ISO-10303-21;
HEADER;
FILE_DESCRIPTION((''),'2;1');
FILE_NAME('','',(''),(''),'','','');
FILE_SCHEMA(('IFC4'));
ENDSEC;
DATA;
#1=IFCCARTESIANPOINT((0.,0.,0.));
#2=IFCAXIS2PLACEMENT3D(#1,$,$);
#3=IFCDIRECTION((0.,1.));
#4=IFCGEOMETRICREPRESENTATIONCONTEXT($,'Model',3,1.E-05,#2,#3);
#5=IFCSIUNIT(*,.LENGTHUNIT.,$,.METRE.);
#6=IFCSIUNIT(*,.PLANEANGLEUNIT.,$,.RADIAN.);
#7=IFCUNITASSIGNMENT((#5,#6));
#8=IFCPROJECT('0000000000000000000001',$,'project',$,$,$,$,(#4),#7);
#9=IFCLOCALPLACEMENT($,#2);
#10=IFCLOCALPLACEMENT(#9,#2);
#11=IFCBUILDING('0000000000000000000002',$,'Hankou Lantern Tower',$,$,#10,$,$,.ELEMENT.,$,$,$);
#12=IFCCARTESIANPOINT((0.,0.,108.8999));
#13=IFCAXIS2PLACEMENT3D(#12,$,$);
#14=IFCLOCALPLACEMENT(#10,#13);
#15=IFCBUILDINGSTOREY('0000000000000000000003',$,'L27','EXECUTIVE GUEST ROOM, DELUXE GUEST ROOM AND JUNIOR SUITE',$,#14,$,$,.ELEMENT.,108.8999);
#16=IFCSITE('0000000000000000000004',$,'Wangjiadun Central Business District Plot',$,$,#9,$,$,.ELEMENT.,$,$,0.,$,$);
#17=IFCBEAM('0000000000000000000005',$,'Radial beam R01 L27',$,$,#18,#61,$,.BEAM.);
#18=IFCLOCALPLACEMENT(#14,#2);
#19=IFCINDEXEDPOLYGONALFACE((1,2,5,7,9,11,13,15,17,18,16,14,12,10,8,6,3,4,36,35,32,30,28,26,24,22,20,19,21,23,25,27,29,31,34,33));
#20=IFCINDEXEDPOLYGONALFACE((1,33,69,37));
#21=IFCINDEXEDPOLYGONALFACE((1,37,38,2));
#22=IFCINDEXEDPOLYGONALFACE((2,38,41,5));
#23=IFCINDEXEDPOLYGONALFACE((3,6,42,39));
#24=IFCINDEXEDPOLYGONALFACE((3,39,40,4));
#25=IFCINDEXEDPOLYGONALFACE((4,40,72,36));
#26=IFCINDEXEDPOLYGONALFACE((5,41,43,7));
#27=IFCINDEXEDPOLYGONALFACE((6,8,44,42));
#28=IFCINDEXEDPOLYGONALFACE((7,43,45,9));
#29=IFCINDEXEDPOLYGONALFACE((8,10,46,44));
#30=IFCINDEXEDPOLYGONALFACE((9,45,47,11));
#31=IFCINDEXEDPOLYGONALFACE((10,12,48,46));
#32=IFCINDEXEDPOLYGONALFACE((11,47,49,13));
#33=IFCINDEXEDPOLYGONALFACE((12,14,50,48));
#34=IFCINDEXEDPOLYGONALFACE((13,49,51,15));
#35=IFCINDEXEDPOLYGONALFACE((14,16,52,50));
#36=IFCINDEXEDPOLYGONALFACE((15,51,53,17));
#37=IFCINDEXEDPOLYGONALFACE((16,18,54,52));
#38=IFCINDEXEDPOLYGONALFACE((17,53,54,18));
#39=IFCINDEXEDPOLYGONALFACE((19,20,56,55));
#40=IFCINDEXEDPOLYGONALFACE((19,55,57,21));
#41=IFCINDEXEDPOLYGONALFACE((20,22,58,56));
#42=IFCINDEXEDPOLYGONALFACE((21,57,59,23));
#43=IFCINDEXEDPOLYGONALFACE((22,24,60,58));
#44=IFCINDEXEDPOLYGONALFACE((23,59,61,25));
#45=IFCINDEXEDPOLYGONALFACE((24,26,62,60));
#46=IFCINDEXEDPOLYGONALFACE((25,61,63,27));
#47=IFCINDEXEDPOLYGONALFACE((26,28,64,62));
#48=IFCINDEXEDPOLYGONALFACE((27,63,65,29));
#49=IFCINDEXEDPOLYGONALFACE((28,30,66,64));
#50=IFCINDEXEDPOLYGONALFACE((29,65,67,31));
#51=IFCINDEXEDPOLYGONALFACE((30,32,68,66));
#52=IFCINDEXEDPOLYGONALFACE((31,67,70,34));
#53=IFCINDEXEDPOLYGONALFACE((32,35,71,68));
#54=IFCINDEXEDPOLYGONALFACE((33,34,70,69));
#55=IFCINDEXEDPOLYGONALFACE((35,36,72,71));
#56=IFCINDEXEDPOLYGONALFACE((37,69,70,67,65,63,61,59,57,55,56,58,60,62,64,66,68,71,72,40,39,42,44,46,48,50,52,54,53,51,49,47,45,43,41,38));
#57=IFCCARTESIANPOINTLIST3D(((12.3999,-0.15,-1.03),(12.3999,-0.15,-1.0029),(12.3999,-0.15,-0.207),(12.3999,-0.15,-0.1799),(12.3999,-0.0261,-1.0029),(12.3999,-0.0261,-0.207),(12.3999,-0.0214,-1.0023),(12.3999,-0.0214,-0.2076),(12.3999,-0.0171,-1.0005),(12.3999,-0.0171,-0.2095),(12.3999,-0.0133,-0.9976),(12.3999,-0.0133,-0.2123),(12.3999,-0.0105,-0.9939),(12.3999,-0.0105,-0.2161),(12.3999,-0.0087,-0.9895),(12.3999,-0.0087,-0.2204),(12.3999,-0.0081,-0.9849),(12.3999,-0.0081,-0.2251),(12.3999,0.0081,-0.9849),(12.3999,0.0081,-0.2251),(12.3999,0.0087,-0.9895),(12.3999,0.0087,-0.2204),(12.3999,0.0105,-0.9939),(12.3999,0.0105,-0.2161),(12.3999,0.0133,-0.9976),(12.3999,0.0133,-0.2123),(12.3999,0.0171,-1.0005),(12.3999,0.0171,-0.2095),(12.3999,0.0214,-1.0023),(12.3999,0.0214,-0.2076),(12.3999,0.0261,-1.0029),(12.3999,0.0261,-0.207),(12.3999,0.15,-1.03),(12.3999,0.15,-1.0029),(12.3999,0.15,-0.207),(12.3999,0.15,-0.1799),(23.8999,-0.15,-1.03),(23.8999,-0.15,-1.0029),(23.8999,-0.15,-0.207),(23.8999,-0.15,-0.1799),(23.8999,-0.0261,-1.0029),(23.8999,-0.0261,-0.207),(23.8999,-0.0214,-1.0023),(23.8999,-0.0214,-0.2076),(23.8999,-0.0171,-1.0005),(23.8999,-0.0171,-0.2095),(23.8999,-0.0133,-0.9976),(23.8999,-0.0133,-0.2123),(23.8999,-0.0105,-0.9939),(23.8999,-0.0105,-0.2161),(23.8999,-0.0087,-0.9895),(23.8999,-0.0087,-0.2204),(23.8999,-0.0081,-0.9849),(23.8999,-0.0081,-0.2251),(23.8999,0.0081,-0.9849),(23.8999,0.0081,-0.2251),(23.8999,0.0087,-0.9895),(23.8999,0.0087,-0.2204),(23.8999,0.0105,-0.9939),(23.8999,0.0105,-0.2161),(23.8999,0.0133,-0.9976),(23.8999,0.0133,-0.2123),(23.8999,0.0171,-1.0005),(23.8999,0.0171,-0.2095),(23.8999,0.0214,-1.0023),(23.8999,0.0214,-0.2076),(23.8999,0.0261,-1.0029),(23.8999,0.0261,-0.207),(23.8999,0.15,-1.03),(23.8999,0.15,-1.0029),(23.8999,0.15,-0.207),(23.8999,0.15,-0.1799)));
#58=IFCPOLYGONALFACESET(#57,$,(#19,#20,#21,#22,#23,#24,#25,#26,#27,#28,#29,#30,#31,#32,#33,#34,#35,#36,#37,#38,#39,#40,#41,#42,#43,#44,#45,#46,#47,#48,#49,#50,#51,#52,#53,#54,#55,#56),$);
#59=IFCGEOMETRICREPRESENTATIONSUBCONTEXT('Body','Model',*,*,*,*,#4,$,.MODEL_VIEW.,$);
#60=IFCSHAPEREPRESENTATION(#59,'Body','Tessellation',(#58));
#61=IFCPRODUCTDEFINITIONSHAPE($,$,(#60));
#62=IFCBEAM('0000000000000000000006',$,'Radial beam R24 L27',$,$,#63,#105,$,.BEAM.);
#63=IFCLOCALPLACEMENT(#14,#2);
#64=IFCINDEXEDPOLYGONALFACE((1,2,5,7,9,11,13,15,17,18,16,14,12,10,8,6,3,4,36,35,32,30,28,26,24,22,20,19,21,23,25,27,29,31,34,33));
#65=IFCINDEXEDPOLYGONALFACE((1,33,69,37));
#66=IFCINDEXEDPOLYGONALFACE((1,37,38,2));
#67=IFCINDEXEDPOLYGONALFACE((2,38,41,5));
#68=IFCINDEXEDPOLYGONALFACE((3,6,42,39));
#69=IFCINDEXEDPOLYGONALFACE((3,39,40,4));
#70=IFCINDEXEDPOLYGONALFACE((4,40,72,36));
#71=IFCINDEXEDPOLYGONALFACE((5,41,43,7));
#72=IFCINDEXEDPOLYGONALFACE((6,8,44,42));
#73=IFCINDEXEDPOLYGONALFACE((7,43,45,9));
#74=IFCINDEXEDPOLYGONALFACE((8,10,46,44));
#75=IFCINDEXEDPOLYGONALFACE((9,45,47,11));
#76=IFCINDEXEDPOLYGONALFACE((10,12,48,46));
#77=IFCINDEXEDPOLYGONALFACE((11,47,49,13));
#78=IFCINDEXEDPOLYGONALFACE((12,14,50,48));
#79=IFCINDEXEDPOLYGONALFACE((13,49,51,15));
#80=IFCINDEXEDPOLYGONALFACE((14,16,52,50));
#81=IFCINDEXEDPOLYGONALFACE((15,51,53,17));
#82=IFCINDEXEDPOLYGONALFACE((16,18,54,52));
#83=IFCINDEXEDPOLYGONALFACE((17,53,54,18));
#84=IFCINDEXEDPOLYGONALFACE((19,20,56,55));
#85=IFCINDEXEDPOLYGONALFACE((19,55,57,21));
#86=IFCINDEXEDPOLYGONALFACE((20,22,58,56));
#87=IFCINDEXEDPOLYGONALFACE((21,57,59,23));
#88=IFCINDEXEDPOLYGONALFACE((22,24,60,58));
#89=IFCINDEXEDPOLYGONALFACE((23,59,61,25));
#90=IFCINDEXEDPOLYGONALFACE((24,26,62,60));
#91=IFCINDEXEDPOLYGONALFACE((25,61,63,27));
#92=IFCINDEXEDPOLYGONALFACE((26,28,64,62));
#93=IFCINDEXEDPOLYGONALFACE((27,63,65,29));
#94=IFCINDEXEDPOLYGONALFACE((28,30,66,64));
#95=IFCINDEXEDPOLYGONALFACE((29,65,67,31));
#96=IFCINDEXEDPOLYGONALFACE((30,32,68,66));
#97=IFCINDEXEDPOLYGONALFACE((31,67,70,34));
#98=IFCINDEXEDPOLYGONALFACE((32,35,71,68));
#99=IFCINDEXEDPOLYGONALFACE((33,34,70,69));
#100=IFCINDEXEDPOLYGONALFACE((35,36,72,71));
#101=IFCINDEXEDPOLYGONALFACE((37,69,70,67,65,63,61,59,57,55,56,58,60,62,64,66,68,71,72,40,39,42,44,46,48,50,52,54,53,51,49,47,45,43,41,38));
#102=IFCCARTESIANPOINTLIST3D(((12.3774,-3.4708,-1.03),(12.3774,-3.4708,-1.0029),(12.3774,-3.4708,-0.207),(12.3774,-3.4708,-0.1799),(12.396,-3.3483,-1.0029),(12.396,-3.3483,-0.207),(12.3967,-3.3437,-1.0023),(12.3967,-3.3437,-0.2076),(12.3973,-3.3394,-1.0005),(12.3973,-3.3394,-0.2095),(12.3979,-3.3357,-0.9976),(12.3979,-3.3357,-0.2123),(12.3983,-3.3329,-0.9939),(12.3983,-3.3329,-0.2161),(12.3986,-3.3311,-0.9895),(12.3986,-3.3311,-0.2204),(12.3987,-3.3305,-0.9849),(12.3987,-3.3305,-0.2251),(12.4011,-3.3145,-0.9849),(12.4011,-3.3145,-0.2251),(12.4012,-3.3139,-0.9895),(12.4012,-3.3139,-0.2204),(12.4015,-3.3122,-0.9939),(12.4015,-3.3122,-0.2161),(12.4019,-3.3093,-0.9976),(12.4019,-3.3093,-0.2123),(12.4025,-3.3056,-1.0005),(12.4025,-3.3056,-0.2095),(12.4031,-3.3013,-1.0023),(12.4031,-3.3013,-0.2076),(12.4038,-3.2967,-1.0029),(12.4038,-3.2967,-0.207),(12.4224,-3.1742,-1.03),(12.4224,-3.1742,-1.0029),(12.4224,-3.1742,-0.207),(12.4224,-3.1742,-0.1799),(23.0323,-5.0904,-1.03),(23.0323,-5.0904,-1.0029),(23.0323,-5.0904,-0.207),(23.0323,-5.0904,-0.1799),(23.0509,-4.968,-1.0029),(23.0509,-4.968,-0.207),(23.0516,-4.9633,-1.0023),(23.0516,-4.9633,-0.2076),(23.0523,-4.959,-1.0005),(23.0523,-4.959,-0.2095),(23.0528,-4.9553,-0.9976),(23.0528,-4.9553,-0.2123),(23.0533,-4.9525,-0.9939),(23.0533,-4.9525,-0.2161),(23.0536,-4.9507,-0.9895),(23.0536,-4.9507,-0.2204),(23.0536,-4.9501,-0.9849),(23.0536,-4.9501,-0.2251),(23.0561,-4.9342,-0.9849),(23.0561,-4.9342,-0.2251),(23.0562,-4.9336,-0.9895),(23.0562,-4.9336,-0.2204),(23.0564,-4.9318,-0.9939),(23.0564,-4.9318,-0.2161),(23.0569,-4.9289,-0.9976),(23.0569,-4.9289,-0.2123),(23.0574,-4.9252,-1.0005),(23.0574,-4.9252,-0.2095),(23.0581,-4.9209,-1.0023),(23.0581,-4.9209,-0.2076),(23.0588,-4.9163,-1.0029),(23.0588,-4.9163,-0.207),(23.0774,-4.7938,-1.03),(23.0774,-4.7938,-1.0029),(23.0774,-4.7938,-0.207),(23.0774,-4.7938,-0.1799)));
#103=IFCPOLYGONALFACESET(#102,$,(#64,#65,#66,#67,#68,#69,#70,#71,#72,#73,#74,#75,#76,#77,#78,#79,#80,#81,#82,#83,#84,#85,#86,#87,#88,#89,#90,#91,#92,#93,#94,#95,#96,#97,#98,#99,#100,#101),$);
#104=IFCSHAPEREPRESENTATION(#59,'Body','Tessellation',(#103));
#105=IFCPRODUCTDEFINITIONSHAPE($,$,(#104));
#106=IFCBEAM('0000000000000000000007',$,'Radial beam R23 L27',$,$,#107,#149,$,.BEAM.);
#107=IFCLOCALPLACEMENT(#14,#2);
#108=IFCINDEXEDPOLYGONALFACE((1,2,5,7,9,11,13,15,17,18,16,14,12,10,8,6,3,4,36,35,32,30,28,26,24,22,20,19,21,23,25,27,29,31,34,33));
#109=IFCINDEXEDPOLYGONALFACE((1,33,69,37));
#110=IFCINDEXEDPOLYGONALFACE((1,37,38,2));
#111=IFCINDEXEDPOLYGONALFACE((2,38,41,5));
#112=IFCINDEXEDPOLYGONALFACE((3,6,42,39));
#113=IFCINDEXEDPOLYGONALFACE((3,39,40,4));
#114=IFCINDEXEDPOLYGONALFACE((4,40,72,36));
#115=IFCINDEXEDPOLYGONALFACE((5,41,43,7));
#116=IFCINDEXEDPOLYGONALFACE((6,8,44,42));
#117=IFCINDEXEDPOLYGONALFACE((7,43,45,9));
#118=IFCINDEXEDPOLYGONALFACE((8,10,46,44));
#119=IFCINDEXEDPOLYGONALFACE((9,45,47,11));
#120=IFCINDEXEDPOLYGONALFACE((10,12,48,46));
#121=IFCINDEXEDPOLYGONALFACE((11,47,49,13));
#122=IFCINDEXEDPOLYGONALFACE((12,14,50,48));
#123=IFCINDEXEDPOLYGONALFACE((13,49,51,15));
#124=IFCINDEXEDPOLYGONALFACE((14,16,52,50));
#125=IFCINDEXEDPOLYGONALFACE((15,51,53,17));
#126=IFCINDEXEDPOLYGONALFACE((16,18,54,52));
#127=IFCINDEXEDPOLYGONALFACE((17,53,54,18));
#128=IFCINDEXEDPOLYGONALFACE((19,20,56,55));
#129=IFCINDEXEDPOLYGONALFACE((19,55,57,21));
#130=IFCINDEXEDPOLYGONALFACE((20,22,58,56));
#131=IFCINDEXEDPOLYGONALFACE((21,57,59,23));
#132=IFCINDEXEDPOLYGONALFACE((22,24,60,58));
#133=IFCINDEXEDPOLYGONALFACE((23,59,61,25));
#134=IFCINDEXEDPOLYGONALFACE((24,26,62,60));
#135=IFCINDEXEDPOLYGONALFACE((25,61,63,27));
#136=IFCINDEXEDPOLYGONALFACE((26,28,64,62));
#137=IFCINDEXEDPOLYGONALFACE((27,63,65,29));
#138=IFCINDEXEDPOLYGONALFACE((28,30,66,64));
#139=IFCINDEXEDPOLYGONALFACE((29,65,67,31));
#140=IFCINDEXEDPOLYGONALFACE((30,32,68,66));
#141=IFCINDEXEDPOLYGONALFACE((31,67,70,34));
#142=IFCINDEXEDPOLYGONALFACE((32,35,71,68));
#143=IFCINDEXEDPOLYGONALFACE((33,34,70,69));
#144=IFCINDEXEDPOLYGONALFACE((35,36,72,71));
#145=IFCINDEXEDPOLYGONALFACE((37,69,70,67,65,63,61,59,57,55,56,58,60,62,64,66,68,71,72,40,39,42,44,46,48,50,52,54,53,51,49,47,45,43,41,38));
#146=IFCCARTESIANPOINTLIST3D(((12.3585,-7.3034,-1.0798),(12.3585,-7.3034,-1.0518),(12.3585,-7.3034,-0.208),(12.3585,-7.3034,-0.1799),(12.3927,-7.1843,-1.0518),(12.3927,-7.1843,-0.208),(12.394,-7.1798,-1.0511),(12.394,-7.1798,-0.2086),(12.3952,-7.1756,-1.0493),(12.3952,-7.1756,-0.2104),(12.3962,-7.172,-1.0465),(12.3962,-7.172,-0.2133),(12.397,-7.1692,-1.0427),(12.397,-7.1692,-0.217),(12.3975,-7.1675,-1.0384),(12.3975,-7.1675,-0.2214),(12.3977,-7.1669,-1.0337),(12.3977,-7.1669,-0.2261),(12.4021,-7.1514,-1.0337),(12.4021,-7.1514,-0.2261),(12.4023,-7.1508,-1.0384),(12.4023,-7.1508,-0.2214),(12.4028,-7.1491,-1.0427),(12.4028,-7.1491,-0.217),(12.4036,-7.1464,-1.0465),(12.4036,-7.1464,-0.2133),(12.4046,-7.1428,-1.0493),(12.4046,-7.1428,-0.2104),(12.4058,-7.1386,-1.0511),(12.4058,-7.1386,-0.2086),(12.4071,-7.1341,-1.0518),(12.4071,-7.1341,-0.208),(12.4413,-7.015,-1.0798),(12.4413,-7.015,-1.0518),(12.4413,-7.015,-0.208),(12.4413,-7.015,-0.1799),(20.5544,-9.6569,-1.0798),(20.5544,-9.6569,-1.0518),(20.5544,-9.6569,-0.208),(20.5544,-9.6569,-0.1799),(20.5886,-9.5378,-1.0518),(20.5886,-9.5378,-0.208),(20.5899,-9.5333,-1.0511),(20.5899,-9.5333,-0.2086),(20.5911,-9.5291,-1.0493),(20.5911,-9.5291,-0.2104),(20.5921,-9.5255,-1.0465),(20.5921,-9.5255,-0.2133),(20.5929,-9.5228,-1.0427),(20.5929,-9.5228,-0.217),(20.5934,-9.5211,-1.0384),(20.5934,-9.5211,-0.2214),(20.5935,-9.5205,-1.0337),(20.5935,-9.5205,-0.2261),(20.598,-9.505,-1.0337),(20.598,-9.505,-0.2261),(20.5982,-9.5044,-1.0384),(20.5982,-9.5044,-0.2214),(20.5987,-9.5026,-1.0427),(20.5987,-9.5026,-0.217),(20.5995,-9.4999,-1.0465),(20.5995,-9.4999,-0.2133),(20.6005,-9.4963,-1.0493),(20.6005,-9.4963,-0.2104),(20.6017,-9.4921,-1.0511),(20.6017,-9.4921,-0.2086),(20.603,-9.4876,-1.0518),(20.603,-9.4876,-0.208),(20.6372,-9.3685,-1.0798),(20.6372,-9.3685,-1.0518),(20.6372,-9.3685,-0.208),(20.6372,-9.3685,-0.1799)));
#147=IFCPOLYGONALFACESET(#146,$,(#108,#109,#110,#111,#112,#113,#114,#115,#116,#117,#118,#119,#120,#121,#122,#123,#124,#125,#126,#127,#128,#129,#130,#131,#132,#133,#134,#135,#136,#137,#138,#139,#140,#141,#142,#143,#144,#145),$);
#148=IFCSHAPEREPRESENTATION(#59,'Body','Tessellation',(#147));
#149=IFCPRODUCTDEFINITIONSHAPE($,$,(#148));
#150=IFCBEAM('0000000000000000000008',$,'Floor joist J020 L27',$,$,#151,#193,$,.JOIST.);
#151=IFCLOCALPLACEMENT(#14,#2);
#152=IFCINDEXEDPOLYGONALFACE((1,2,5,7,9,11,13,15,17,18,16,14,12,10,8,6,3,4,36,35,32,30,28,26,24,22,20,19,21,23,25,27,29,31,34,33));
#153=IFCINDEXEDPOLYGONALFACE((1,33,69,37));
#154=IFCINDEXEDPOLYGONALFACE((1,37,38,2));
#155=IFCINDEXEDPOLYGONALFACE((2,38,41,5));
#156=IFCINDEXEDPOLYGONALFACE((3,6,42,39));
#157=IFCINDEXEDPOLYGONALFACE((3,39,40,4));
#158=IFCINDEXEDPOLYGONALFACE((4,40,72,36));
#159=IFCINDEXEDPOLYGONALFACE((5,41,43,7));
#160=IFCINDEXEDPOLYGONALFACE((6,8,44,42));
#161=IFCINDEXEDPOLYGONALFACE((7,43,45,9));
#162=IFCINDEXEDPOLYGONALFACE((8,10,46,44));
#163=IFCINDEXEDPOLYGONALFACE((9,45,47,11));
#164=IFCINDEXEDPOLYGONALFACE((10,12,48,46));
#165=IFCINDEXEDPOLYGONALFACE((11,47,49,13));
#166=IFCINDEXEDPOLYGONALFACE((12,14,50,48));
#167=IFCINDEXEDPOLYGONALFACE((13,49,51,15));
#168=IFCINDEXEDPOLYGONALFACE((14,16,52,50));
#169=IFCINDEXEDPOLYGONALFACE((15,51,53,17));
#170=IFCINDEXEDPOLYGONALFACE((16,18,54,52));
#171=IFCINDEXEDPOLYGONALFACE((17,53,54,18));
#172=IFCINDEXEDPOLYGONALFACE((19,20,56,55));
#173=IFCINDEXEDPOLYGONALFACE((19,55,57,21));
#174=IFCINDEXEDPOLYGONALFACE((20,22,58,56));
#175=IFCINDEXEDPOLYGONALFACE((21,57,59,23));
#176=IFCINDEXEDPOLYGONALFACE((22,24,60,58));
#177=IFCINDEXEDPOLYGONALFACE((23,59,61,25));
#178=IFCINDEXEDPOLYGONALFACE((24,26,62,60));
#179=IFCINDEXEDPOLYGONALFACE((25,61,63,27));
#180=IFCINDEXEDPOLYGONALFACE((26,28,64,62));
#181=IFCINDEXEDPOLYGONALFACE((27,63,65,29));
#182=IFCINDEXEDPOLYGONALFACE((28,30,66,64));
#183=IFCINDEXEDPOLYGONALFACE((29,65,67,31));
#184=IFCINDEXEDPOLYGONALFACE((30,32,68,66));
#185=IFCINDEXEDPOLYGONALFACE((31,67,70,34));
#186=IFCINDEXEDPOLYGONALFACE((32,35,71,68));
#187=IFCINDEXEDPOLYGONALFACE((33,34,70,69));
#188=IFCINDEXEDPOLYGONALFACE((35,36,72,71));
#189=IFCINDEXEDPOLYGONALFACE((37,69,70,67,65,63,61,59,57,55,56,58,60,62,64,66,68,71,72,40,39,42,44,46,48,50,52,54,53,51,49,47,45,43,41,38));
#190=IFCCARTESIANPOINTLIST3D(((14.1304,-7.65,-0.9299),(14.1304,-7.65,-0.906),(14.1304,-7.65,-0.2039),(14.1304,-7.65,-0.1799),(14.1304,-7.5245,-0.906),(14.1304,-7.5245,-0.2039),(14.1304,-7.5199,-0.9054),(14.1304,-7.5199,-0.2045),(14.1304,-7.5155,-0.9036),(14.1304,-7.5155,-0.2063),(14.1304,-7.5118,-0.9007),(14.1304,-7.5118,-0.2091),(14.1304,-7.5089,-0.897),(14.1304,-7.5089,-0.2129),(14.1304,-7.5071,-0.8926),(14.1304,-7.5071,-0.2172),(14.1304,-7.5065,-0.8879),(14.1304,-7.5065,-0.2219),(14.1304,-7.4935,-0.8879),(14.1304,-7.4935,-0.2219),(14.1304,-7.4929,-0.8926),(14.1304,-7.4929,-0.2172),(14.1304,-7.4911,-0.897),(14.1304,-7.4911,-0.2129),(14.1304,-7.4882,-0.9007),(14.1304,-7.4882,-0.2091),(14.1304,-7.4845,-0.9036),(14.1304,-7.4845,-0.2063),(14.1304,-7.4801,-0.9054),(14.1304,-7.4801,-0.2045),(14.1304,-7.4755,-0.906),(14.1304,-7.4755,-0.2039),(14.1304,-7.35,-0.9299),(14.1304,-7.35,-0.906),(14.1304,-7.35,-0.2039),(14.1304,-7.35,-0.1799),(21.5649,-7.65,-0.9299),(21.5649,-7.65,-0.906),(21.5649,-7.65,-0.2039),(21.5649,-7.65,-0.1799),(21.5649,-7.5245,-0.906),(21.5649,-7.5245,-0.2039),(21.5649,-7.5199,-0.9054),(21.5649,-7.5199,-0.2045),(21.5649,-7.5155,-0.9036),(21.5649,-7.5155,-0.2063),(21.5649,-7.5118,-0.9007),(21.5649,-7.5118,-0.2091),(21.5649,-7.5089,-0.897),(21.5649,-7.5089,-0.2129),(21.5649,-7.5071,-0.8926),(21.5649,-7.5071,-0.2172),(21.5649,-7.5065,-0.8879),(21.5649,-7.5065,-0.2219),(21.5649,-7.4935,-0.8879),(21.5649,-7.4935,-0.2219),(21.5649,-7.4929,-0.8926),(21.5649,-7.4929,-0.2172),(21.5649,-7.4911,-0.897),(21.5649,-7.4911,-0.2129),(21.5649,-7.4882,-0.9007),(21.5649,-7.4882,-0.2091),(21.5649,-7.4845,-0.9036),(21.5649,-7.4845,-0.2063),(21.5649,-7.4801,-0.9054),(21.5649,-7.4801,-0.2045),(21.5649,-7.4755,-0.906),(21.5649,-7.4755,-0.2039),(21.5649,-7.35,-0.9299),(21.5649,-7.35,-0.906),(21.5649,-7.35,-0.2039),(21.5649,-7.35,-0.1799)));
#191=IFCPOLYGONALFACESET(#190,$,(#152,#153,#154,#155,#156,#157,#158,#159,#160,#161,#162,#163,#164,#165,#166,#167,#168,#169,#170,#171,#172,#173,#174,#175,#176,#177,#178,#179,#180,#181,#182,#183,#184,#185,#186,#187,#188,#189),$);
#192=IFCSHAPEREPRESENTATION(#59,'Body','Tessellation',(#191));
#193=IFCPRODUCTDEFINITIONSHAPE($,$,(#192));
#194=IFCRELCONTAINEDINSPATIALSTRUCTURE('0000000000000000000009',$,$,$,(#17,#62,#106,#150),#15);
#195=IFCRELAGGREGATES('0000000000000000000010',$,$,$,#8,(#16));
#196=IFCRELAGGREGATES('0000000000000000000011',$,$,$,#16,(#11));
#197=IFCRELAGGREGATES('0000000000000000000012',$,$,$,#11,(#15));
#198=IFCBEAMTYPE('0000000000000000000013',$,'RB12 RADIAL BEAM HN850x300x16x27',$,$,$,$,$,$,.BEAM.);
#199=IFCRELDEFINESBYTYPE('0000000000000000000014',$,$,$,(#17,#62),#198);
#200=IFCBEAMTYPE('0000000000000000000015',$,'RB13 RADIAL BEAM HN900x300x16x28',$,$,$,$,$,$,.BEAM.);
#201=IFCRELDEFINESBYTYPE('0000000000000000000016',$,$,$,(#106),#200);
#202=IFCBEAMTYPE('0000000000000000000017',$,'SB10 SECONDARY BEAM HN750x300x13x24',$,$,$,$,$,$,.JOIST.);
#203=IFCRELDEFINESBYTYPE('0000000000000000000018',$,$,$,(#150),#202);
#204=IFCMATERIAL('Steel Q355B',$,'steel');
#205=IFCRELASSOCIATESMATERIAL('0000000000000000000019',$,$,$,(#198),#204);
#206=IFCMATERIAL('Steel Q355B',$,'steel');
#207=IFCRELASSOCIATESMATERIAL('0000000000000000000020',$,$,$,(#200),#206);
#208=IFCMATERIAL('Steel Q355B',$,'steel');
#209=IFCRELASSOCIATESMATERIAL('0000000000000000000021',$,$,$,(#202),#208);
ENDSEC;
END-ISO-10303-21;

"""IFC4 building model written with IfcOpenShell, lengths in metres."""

from ifc_helpers import new_model, si_unit, direction, frame, origin, origin_2d, place, context, subcontext, project, spatial, i_section, extrude, material, material_profile, profile_set, type_object, element, save


model = new_model("IFC4")

# Units and contexts
model_context = context("Model", 3, precision=1e-05, world=origin(), true_north=direction((0.0, 1.0)))
body_context = subcontext(model_context, "Body", "Model", "MODEL_VIEW")
ifc_project = project(units=[si_unit("LENGTHUNIT", "METRE"), si_unit("PLANEANGLEUNIT", "RADIAN")], contexts=[model_context])

# Site, building, storey
site_placement = place(None, origin())
site = spatial("IfcSite", under=ifc_project, at=site_placement, Name="Wangjiadun Central Business District Plot", CompositionType="ELEMENT", RefElevation=0.0)
building_placement = place(site_placement, origin())
building = spatial("IfcBuilding", under=site, at=building_placement, Name="Hankou Lantern Tower", CompositionType="ELEMENT")
storey_placement = place(building_placement, frame((0.0, 0.0, 108.8999)))
storey = spatial("IfcBuildingStorey", under=building, at=storey_placement, Name="L27", Description="EXECUTIVE GUEST ROOM, DELUXE GUEST ROOM AND JUNIOR SUITE", CompositionType="ELEMENT", Elevation=108.8999)

# Beams
ifc_material_1 = material(Name="Steel Q355B", Category="steel")
ifc_material_profile_1 = material_profile(ifc_material_1, i_section(OverallWidth=0.3, OverallDepth=0.8501, WebThickness=0.0161, FlangeThickness=0.0271, FilletRadius=0.0181, at=origin_2d()), Name="HN850x300x16x27")
ifc_profile_set_1 = profile_set([ifc_material_profile_1], Name="Steel Q355B")
beam_type_1 = type_object("IfcBeamType", Name="RB12 RADIAL BEAM HN850x300x16x27", PredefinedType="BEAM", material=ifc_profile_set_1)
beam_1_placement = place(storey_placement, frame((12.3999, 0.0, -0.605), z_axis=(1.0, 0.0, 0.0), x_axis=(0.0, 1.0, 0.0)))
element("IfcBeam", 1, at=beam_1_placement, inside=storey, type_object=beam_type_1, Name="Radial beam R01 L27", PredefinedType="BEAM", context=body_context, shape_type="SweptSolid", body=[
    extrude(i_section(OverallWidth=0.3, OverallDepth=0.8501, WebThickness=0.0161, FlangeThickness=0.0271, FilletRadius=0.0181, at=origin_2d()), origin(), (0.0, 0.0, 1.0), 11.5),
])
beam_2_placement = place(storey_placement, frame((12.3999, -3.3225, -0.605), z_axis=(0.988644, -0.15028, 0.0), x_axis=(0.15028, 0.988644, 0.0)))
element("IfcBeam", 2, at=beam_2_placement, inside=storey, type_object=beam_type_1, Name="Radial beam R24 L27", PredefinedType="BEAM", context=body_context, shape_type="SweptSolid", body=[
    extrude(i_section(OverallWidth=0.3, OverallDepth=0.8501, WebThickness=0.0161, FlangeThickness=0.0271, FilletRadius=0.0181, at=origin_2d()), origin(), (0.0, 0.0, 1.0), 10.7773),
])
ifc_material_2 = material(Name="Steel Q355B", Category="steel")
ifc_material_profile_2 = material_profile(ifc_material_2, i_section(OverallWidth=0.3, OverallDepth=0.8999, WebThickness=0.0161, FlangeThickness=0.0281, FilletRadius=0.0181, at=origin_2d()), Name="HN900x300x16x28")
ifc_profile_set_2 = profile_set([ifc_material_profile_2], Name="Steel Q355B")
beam_type_2 = type_object("IfcBeamType", Name="RB13 RADIAL BEAM HN900x300x16x28", PredefinedType="BEAM", material=ifc_profile_set_2)
beam_3_placement = place(storey_placement, frame((12.3999, -7.1592, -0.6299), z_axis=(0.961156, -0.276007, 0.0), x_axis=(0.276007, 0.961156, 0.0)))
element("IfcBeam", 3, at=beam_3_placement, inside=storey, type_object=beam_type_2, Name="Radial beam R23 L27", PredefinedType="BEAM", context=body_context, shape_type="SweptSolid", body=[
    extrude(i_section(OverallWidth=0.3, OverallDepth=0.8999, WebThickness=0.0161, FlangeThickness=0.0281, FilletRadius=0.0181, at=origin_2d()), origin(), (0.0, 0.0, 1.0), 8.5271),
])
ifc_material_3 = material(Name="Steel Q355B", Category="steel")
ifc_material_profile_3 = material_profile(ifc_material_3, i_section(OverallWidth=0.3, OverallDepth=0.75, WebThickness=0.0129, FlangeThickness=0.0239, FilletRadius=0.0181, at=origin_2d()), Name="HN750x300x13x24")
ifc_profile_set_3 = profile_set([ifc_material_profile_3], Name="Steel Q355B")
beam_type_3 = type_object("IfcBeamType", Name="SB10 SECONDARY BEAM HN750x300x13x24", PredefinedType="JOIST", material=ifc_profile_set_3)
beam_4_placement = place(storey_placement, frame((14.1304, -7.5, -0.5549), z_axis=(1.0, 0.0, 0.0), x_axis=(0.0, 1.0, 0.0)))
element("IfcBeam", 4, at=beam_4_placement, inside=storey, type_object=beam_type_3, Name="Floor joist J020 L27", PredefinedType="JOIST", context=body_context, shape_type="SweptSolid", body=[
    extrude(i_section(OverallWidth=0.3, OverallDepth=0.75, WebThickness=0.0129, FlangeThickness=0.0239, FilletRadius=0.0181, at=origin_2d()), origin(), (0.0, 0.0, 1.0), 7.4346),
])

save(model, "model.ifc")
